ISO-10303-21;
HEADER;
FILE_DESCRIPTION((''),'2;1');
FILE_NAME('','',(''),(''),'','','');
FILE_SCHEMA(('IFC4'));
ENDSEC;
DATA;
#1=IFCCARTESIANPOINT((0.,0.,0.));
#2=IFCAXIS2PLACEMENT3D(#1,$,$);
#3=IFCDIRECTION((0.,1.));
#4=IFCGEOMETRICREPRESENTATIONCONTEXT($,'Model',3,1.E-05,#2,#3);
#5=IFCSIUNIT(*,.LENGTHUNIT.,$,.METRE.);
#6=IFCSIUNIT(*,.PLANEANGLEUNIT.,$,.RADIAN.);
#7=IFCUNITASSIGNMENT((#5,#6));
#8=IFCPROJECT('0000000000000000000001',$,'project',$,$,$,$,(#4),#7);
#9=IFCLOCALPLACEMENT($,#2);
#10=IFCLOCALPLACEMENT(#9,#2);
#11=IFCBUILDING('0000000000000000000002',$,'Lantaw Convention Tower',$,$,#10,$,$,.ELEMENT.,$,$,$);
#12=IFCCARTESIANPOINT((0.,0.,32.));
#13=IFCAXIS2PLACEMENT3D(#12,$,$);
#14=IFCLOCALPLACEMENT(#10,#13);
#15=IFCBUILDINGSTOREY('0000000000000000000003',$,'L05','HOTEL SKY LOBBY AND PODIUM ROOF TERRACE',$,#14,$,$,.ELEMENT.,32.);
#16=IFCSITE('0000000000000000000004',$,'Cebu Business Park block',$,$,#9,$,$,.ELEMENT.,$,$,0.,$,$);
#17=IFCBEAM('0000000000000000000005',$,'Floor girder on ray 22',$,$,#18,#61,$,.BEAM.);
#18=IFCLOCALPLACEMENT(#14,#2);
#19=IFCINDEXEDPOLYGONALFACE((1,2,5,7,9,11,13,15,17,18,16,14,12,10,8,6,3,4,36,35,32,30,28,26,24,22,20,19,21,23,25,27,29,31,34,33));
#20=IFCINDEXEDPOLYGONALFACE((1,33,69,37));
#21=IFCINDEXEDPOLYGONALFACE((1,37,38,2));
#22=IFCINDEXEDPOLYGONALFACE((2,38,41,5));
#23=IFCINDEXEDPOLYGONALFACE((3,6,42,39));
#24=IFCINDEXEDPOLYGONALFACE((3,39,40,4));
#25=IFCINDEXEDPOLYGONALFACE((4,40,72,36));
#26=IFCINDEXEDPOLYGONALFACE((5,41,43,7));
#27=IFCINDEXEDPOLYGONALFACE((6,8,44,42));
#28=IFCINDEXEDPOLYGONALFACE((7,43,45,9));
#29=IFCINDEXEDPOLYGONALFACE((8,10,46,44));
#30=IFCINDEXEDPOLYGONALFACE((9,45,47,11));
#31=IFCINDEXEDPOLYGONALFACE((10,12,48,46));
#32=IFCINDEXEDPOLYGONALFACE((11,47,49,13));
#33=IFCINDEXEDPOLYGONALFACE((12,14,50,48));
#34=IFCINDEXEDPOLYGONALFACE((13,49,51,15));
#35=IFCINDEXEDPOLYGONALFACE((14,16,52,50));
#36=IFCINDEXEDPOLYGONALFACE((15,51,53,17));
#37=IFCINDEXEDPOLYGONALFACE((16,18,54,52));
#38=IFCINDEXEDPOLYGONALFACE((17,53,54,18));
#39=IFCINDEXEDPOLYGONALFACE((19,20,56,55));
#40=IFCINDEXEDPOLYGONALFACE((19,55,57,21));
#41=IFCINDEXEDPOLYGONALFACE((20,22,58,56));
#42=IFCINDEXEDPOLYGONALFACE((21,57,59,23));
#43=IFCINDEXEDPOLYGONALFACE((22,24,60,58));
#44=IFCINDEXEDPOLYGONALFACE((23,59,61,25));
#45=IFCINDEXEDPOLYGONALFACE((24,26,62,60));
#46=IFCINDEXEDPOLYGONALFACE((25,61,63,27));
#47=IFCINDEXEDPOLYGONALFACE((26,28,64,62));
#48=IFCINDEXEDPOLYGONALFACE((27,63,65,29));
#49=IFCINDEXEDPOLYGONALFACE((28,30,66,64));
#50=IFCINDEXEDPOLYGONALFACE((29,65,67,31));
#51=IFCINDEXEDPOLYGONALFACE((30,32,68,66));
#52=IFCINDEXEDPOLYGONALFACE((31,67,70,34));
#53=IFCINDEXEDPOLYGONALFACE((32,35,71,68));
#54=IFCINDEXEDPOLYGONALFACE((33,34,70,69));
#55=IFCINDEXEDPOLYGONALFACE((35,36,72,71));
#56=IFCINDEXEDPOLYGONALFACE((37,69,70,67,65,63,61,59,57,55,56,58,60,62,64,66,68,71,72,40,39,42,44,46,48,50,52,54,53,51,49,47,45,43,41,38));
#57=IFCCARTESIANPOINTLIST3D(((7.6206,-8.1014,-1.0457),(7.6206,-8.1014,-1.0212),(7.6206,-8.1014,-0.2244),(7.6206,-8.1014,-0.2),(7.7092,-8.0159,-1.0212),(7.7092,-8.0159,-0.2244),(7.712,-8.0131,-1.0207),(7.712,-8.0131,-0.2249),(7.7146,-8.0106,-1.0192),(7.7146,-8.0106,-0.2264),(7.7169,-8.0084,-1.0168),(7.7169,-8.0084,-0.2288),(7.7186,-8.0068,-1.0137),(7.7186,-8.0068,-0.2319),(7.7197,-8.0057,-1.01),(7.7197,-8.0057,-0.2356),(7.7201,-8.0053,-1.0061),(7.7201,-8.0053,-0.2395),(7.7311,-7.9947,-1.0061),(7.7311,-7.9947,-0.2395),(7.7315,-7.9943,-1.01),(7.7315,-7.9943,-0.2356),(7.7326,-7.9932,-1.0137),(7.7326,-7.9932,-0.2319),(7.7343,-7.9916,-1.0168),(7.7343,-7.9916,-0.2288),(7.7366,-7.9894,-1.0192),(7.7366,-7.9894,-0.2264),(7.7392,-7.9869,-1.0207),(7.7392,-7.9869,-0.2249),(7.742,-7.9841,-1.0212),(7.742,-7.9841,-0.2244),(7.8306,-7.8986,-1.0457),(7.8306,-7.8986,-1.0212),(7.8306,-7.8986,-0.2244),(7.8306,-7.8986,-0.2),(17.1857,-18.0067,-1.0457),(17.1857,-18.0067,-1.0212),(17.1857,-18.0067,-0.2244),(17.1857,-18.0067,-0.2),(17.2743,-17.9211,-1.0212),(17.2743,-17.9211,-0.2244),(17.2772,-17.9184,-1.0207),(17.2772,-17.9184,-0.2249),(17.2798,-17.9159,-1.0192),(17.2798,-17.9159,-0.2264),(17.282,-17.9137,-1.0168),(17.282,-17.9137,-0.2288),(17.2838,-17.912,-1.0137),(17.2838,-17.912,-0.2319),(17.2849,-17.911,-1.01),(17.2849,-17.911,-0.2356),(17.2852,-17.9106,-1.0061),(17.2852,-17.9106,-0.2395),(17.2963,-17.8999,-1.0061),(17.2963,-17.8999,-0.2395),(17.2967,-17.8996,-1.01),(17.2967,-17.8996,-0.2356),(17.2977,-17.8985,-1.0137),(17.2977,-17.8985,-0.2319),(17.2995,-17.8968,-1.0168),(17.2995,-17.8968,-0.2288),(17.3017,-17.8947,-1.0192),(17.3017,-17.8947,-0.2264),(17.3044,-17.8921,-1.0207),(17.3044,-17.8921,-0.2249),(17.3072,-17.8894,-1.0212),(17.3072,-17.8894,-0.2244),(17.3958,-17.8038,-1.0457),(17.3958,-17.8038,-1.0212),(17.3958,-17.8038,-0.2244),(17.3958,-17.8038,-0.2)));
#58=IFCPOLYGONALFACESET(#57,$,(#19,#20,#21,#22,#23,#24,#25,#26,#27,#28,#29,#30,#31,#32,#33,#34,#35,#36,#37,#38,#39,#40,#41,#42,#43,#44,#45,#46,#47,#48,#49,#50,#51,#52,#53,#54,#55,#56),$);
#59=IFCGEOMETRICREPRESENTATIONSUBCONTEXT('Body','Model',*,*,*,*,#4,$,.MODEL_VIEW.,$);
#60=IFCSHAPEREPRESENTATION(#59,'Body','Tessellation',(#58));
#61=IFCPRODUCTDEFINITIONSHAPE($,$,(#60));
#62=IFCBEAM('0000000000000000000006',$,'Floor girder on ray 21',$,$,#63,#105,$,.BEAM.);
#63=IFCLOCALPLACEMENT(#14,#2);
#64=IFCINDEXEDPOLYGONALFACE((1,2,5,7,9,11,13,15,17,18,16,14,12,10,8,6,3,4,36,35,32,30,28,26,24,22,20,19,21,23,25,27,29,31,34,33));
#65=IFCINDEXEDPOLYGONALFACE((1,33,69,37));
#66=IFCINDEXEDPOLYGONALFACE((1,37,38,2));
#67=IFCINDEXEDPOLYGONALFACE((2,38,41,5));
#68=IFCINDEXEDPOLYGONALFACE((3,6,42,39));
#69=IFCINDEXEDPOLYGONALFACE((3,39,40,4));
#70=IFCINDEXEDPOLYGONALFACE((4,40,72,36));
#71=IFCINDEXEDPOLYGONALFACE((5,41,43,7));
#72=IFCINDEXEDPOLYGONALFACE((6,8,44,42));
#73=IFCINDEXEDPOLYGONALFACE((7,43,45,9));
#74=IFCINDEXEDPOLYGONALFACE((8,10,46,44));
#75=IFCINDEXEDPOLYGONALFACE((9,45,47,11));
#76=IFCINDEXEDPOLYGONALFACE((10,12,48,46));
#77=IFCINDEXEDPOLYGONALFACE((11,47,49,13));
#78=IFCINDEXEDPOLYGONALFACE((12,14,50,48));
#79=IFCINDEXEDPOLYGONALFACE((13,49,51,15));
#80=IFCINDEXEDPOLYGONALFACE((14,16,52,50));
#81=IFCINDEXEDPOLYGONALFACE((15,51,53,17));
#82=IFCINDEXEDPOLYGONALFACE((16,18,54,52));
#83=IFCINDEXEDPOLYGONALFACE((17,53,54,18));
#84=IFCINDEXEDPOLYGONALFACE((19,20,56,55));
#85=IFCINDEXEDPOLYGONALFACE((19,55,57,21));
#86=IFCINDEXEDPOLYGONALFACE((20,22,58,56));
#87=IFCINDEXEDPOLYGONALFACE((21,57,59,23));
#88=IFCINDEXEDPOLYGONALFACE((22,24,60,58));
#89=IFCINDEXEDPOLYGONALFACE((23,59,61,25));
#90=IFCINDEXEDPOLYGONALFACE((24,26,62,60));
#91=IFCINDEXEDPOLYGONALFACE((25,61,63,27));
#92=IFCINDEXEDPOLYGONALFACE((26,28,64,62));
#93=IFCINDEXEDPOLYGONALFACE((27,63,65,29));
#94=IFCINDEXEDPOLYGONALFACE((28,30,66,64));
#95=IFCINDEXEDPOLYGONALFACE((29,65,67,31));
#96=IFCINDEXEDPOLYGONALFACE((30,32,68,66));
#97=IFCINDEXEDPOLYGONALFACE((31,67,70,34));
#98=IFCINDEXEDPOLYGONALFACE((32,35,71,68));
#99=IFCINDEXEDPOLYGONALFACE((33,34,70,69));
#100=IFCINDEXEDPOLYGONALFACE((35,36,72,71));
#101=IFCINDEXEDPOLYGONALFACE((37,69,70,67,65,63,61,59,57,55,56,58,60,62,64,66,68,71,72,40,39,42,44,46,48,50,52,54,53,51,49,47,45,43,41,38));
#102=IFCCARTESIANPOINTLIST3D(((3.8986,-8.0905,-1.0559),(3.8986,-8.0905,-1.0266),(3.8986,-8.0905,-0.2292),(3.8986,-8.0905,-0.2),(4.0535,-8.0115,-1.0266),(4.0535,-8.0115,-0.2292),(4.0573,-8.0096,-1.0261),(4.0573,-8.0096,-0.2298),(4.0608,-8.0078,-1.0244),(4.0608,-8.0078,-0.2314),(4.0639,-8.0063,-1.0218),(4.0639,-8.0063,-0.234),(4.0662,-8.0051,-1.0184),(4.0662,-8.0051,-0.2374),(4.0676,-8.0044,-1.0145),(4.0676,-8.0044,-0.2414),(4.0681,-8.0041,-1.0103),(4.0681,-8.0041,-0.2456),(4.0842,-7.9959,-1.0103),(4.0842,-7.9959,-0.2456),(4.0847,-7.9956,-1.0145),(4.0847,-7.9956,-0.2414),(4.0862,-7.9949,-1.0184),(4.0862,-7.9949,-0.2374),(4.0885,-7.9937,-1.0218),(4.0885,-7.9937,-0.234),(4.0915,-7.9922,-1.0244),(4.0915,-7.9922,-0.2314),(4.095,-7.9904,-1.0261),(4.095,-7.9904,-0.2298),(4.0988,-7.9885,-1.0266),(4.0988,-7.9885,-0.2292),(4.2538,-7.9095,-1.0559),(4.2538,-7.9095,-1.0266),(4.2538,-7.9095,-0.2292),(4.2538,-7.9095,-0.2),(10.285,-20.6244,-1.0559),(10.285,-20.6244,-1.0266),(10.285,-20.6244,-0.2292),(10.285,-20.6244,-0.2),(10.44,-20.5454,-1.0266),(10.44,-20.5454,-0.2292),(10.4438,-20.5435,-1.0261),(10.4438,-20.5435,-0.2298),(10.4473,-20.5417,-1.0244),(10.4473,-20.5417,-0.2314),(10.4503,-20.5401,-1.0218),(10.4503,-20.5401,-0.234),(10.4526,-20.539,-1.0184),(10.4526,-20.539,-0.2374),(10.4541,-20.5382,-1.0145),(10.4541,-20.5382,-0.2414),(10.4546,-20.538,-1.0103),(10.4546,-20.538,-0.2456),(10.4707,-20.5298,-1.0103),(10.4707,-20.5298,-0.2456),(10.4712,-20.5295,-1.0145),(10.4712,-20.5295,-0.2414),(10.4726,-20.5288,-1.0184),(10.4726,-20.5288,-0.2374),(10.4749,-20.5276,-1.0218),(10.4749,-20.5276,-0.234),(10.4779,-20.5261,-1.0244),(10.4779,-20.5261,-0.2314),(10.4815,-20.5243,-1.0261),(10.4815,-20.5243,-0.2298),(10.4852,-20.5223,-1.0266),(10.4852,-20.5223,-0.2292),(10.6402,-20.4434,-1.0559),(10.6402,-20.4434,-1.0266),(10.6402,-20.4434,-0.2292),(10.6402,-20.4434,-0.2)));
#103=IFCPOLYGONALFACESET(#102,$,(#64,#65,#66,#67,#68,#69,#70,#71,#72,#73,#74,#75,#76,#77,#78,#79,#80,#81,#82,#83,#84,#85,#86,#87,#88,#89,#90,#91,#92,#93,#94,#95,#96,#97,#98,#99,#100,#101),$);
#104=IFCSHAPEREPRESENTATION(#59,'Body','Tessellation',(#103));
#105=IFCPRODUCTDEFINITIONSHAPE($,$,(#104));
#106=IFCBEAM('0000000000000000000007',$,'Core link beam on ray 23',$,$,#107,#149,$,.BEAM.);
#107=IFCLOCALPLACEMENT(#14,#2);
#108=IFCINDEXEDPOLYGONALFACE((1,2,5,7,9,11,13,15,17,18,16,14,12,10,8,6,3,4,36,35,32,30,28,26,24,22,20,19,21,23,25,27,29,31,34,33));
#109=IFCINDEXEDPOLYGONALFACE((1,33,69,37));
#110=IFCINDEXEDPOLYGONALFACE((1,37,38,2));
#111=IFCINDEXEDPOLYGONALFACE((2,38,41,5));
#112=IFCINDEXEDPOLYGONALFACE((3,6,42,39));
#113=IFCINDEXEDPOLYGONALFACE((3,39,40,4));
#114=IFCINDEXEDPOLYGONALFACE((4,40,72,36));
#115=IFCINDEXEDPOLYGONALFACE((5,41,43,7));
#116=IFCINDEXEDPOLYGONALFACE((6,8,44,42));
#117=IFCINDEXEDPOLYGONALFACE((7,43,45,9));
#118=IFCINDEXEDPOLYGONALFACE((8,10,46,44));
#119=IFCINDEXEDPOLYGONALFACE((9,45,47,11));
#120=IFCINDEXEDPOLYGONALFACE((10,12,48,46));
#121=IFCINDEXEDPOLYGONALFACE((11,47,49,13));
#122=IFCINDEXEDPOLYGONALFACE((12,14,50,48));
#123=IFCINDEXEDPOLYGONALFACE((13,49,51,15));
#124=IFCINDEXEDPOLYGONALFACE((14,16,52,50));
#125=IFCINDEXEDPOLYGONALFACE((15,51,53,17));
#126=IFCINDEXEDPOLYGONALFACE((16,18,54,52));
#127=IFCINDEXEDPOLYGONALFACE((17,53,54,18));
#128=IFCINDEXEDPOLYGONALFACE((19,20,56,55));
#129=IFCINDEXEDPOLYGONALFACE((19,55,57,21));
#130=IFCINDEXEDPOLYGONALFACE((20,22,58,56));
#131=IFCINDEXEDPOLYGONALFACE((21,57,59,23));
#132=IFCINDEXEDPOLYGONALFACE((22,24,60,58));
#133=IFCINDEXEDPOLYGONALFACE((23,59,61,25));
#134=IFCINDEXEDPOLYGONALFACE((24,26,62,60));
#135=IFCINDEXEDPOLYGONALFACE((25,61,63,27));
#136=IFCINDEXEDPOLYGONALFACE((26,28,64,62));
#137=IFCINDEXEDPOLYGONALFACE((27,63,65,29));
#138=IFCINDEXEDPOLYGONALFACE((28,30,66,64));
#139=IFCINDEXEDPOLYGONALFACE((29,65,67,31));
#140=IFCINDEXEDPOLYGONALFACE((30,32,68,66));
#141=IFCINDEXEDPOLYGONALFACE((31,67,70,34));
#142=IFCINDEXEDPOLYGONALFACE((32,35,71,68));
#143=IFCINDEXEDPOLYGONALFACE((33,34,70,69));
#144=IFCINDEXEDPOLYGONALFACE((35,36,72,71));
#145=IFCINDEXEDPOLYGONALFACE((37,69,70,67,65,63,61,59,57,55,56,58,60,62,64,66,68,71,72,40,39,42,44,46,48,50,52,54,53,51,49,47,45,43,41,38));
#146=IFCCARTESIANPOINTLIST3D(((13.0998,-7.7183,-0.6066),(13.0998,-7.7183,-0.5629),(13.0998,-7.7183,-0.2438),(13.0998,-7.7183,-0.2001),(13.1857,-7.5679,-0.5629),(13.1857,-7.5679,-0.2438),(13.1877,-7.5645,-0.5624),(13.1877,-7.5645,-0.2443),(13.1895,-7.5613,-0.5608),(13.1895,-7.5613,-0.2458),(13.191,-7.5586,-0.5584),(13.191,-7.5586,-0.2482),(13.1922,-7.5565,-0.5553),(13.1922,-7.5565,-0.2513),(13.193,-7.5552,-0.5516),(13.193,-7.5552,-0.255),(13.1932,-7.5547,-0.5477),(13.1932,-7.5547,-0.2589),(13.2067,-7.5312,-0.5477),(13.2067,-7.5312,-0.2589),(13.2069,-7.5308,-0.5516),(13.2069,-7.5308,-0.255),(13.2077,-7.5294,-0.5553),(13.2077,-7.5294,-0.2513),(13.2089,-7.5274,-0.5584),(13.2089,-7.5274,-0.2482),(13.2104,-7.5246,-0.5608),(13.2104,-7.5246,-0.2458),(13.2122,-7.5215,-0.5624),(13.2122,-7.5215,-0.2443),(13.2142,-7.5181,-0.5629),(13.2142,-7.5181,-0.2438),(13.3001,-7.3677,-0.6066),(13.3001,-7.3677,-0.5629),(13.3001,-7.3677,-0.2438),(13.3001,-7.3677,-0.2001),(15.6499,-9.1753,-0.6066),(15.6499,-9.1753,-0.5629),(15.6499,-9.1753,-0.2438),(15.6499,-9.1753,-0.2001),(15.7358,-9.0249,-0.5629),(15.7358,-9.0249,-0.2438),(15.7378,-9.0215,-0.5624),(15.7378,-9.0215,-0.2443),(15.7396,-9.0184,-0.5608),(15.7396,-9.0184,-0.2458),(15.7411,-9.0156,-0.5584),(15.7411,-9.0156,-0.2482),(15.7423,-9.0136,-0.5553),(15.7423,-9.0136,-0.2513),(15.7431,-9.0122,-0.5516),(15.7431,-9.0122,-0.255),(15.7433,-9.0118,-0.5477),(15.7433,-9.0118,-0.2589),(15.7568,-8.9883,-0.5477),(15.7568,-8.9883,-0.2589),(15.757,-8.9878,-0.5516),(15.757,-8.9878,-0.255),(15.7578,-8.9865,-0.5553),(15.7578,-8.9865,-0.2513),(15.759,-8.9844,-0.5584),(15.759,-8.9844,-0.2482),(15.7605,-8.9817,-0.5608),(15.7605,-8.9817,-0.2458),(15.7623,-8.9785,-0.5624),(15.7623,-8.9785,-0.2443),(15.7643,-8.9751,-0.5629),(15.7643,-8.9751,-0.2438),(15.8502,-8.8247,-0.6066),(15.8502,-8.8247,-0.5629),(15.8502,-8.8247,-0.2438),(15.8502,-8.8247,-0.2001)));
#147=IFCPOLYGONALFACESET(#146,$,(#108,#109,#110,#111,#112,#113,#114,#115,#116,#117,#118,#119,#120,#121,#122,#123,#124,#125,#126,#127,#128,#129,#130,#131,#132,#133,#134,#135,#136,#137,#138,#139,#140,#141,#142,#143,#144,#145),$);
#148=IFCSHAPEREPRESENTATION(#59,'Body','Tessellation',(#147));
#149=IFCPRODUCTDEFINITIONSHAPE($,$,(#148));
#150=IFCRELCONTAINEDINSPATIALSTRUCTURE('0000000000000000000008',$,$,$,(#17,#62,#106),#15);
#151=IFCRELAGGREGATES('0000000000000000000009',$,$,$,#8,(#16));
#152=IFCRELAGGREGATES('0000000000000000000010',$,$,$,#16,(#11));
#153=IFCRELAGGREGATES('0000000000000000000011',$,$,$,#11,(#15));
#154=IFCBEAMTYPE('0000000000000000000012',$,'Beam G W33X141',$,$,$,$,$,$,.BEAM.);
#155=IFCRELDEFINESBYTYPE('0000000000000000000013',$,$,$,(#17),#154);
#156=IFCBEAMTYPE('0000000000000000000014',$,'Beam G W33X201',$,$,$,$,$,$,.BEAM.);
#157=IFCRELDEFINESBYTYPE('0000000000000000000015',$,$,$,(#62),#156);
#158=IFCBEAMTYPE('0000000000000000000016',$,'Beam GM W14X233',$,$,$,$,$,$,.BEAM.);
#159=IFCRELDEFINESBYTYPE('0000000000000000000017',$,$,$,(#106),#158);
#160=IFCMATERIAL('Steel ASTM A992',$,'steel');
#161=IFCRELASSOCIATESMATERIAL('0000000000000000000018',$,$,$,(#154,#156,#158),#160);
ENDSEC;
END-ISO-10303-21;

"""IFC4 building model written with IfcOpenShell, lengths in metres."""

from ifc_helpers import new_model, si_unit, direction, frame, origin, origin_2d, place, context, subcontext, project, spatial, i_section, extrude, material, material_profile, profile_set, type_object, element, save


model = new_model("IFC4")

# Units and contexts
model_context = context("Model", 3, precision=1e-05, world=origin(), true_north=direction((0.0, 1.0)))
body_context = subcontext(model_context, "Body", "Model", "MODEL_VIEW")
ifc_project = project(units=[si_unit("LENGTHUNIT", "METRE"), si_unit("PLANEANGLEUNIT", "RADIAN")], contexts=[model_context])

# Site, building, storey
site_placement = place(None, origin())
site = spatial("IfcSite", under=ifc_project, at=site_placement, Name="Cebu Business Park block", CompositionType="ELEMENT", RefElevation=0.0)
building_placement = place(site_placement, origin())
building = spatial("IfcBuilding", under=site, at=building_placement, Name="Lantaw Convention Tower", CompositionType="ELEMENT")
storey_placement = place(building_placement, frame((0.0, 0.0, 32.0)))
storey = spatial("IfcBuildingStorey", under=building, at=storey_placement, Name="L05", Description="HOTEL SKY LOBBY AND PODIUM ROOF TERRACE", CompositionType="ELEMENT", Elevation=32.0)

# Beams
ifc_material_1 = material(Name="Steel ASTM A992", Category="steel")
ifc_material_profile_1 = material_profile(ifc_material_1, i_section(OverallWidth=0.292, OverallDepth=0.8457, WebThickness=0.0154, FlangeThickness=0.0244, FilletRadius=0.0151, at=origin_2d()), Name="W33X141")
ifc_profile_set_1 = profile_set([ifc_material_profile_1], Name="Steel ASTM A992")
beam_type_1 = type_object("IfcBeamType", Name="Beam G W33X141", PredefinedType="BEAM", material=ifc_profile_set_1)
beam_1_placement = place(storey_placement, frame((7.7256, -8.0, -0.6228), z_axis=(0.69465, -0.719348, 0.0), x_axis=(0.719348, 0.69465, 0.0)))
element("IfcBeam", 1, at=beam_1_placement, inside=storey, type_object=beam_type_1, Name="Floor girder on ray 22", PredefinedType="BEAM", context=body_context, shape_type="SweptSolid", body=[
    extrude(i_section(OverallWidth=0.292, OverallDepth=0.8457, WebThickness=0.0154, FlangeThickness=0.0244, FilletRadius=0.0151, at=origin_2d()), origin(), (0.0, 0.0, 1.0), 13.7698),
])
ifc_material_profile_2 = material_profile(ifc_material_1, i_section(OverallWidth=0.3987, OverallDepth=0.856, WebThickness=0.0181, FlangeThickness=0.0293, FilletRadius=0.0164, at=origin_2d()), Name="W33X201")
ifc_profile_set_2 = profile_set([ifc_material_profile_2], Name="Steel ASTM A992")
beam_type_2 = type_object("IfcBeamType", Name="Beam G W33X201", PredefinedType="BEAM", material=ifc_profile_set_2)
beam_2_placement = place(storey_placement, frame((4.0762, -8.0, -0.6279), z_axis=(0.453997, -0.891003, 0.0), x_axis=(0.891003, 0.453997, 0.0)))
element("IfcBeam", 2, at=beam_2_placement, inside=storey, type_object=beam_type_2, Name="Floor girder on ray 21", PredefinedType="BEAM", context=body_context, shape_type="SweptSolid", body=[
    extrude(i_section(OverallWidth=0.3987, OverallDepth=0.856, WebThickness=0.0181, FlangeThickness=0.0293, FilletRadius=0.0164, at=origin_2d()), origin(), (0.0, 0.0, 1.0), 14.0671),
])
ifc_material_profile_3 = material_profile(ifc_material_1, i_section(OverallWidth=0.4038, OverallDepth=0.4065, WebThickness=0.0271, FlangeThickness=0.0437, FilletRadius=0.0151, at=origin_2d()), Name="W14X233")
ifc_profile_set_3 = profile_set([ifc_material_profile_3], Name="Steel ASTM A992")
beam_type_3 = type_object("IfcBeamType", Name="Beam GM W14X233", PredefinedType="BEAM", material=ifc_profile_set_3)
beam_3_placement = place(storey_placement, frame((13.2, -7.543, -0.4033), z_axis=(0.868264, -0.496103, 0.0), x_axis=(0.496103, 0.868264, 0.0)))
element("IfcBeam", 3, at=beam_3_placement, inside=storey, type_object=beam_type_3, Name="Core link beam on ray 23", PredefinedType="BEAM", context=body_context, shape_type="SweptSolid", body=[
    extrude(i_section(OverallWidth=0.4038, OverallDepth=0.4065, WebThickness=0.0271, FlangeThickness=0.0437, FilletRadius=0.0151, at=origin_2d()), origin(), (0.0, 0.0, 1.0), 2.937),
])

save(model, "model.ifc")
